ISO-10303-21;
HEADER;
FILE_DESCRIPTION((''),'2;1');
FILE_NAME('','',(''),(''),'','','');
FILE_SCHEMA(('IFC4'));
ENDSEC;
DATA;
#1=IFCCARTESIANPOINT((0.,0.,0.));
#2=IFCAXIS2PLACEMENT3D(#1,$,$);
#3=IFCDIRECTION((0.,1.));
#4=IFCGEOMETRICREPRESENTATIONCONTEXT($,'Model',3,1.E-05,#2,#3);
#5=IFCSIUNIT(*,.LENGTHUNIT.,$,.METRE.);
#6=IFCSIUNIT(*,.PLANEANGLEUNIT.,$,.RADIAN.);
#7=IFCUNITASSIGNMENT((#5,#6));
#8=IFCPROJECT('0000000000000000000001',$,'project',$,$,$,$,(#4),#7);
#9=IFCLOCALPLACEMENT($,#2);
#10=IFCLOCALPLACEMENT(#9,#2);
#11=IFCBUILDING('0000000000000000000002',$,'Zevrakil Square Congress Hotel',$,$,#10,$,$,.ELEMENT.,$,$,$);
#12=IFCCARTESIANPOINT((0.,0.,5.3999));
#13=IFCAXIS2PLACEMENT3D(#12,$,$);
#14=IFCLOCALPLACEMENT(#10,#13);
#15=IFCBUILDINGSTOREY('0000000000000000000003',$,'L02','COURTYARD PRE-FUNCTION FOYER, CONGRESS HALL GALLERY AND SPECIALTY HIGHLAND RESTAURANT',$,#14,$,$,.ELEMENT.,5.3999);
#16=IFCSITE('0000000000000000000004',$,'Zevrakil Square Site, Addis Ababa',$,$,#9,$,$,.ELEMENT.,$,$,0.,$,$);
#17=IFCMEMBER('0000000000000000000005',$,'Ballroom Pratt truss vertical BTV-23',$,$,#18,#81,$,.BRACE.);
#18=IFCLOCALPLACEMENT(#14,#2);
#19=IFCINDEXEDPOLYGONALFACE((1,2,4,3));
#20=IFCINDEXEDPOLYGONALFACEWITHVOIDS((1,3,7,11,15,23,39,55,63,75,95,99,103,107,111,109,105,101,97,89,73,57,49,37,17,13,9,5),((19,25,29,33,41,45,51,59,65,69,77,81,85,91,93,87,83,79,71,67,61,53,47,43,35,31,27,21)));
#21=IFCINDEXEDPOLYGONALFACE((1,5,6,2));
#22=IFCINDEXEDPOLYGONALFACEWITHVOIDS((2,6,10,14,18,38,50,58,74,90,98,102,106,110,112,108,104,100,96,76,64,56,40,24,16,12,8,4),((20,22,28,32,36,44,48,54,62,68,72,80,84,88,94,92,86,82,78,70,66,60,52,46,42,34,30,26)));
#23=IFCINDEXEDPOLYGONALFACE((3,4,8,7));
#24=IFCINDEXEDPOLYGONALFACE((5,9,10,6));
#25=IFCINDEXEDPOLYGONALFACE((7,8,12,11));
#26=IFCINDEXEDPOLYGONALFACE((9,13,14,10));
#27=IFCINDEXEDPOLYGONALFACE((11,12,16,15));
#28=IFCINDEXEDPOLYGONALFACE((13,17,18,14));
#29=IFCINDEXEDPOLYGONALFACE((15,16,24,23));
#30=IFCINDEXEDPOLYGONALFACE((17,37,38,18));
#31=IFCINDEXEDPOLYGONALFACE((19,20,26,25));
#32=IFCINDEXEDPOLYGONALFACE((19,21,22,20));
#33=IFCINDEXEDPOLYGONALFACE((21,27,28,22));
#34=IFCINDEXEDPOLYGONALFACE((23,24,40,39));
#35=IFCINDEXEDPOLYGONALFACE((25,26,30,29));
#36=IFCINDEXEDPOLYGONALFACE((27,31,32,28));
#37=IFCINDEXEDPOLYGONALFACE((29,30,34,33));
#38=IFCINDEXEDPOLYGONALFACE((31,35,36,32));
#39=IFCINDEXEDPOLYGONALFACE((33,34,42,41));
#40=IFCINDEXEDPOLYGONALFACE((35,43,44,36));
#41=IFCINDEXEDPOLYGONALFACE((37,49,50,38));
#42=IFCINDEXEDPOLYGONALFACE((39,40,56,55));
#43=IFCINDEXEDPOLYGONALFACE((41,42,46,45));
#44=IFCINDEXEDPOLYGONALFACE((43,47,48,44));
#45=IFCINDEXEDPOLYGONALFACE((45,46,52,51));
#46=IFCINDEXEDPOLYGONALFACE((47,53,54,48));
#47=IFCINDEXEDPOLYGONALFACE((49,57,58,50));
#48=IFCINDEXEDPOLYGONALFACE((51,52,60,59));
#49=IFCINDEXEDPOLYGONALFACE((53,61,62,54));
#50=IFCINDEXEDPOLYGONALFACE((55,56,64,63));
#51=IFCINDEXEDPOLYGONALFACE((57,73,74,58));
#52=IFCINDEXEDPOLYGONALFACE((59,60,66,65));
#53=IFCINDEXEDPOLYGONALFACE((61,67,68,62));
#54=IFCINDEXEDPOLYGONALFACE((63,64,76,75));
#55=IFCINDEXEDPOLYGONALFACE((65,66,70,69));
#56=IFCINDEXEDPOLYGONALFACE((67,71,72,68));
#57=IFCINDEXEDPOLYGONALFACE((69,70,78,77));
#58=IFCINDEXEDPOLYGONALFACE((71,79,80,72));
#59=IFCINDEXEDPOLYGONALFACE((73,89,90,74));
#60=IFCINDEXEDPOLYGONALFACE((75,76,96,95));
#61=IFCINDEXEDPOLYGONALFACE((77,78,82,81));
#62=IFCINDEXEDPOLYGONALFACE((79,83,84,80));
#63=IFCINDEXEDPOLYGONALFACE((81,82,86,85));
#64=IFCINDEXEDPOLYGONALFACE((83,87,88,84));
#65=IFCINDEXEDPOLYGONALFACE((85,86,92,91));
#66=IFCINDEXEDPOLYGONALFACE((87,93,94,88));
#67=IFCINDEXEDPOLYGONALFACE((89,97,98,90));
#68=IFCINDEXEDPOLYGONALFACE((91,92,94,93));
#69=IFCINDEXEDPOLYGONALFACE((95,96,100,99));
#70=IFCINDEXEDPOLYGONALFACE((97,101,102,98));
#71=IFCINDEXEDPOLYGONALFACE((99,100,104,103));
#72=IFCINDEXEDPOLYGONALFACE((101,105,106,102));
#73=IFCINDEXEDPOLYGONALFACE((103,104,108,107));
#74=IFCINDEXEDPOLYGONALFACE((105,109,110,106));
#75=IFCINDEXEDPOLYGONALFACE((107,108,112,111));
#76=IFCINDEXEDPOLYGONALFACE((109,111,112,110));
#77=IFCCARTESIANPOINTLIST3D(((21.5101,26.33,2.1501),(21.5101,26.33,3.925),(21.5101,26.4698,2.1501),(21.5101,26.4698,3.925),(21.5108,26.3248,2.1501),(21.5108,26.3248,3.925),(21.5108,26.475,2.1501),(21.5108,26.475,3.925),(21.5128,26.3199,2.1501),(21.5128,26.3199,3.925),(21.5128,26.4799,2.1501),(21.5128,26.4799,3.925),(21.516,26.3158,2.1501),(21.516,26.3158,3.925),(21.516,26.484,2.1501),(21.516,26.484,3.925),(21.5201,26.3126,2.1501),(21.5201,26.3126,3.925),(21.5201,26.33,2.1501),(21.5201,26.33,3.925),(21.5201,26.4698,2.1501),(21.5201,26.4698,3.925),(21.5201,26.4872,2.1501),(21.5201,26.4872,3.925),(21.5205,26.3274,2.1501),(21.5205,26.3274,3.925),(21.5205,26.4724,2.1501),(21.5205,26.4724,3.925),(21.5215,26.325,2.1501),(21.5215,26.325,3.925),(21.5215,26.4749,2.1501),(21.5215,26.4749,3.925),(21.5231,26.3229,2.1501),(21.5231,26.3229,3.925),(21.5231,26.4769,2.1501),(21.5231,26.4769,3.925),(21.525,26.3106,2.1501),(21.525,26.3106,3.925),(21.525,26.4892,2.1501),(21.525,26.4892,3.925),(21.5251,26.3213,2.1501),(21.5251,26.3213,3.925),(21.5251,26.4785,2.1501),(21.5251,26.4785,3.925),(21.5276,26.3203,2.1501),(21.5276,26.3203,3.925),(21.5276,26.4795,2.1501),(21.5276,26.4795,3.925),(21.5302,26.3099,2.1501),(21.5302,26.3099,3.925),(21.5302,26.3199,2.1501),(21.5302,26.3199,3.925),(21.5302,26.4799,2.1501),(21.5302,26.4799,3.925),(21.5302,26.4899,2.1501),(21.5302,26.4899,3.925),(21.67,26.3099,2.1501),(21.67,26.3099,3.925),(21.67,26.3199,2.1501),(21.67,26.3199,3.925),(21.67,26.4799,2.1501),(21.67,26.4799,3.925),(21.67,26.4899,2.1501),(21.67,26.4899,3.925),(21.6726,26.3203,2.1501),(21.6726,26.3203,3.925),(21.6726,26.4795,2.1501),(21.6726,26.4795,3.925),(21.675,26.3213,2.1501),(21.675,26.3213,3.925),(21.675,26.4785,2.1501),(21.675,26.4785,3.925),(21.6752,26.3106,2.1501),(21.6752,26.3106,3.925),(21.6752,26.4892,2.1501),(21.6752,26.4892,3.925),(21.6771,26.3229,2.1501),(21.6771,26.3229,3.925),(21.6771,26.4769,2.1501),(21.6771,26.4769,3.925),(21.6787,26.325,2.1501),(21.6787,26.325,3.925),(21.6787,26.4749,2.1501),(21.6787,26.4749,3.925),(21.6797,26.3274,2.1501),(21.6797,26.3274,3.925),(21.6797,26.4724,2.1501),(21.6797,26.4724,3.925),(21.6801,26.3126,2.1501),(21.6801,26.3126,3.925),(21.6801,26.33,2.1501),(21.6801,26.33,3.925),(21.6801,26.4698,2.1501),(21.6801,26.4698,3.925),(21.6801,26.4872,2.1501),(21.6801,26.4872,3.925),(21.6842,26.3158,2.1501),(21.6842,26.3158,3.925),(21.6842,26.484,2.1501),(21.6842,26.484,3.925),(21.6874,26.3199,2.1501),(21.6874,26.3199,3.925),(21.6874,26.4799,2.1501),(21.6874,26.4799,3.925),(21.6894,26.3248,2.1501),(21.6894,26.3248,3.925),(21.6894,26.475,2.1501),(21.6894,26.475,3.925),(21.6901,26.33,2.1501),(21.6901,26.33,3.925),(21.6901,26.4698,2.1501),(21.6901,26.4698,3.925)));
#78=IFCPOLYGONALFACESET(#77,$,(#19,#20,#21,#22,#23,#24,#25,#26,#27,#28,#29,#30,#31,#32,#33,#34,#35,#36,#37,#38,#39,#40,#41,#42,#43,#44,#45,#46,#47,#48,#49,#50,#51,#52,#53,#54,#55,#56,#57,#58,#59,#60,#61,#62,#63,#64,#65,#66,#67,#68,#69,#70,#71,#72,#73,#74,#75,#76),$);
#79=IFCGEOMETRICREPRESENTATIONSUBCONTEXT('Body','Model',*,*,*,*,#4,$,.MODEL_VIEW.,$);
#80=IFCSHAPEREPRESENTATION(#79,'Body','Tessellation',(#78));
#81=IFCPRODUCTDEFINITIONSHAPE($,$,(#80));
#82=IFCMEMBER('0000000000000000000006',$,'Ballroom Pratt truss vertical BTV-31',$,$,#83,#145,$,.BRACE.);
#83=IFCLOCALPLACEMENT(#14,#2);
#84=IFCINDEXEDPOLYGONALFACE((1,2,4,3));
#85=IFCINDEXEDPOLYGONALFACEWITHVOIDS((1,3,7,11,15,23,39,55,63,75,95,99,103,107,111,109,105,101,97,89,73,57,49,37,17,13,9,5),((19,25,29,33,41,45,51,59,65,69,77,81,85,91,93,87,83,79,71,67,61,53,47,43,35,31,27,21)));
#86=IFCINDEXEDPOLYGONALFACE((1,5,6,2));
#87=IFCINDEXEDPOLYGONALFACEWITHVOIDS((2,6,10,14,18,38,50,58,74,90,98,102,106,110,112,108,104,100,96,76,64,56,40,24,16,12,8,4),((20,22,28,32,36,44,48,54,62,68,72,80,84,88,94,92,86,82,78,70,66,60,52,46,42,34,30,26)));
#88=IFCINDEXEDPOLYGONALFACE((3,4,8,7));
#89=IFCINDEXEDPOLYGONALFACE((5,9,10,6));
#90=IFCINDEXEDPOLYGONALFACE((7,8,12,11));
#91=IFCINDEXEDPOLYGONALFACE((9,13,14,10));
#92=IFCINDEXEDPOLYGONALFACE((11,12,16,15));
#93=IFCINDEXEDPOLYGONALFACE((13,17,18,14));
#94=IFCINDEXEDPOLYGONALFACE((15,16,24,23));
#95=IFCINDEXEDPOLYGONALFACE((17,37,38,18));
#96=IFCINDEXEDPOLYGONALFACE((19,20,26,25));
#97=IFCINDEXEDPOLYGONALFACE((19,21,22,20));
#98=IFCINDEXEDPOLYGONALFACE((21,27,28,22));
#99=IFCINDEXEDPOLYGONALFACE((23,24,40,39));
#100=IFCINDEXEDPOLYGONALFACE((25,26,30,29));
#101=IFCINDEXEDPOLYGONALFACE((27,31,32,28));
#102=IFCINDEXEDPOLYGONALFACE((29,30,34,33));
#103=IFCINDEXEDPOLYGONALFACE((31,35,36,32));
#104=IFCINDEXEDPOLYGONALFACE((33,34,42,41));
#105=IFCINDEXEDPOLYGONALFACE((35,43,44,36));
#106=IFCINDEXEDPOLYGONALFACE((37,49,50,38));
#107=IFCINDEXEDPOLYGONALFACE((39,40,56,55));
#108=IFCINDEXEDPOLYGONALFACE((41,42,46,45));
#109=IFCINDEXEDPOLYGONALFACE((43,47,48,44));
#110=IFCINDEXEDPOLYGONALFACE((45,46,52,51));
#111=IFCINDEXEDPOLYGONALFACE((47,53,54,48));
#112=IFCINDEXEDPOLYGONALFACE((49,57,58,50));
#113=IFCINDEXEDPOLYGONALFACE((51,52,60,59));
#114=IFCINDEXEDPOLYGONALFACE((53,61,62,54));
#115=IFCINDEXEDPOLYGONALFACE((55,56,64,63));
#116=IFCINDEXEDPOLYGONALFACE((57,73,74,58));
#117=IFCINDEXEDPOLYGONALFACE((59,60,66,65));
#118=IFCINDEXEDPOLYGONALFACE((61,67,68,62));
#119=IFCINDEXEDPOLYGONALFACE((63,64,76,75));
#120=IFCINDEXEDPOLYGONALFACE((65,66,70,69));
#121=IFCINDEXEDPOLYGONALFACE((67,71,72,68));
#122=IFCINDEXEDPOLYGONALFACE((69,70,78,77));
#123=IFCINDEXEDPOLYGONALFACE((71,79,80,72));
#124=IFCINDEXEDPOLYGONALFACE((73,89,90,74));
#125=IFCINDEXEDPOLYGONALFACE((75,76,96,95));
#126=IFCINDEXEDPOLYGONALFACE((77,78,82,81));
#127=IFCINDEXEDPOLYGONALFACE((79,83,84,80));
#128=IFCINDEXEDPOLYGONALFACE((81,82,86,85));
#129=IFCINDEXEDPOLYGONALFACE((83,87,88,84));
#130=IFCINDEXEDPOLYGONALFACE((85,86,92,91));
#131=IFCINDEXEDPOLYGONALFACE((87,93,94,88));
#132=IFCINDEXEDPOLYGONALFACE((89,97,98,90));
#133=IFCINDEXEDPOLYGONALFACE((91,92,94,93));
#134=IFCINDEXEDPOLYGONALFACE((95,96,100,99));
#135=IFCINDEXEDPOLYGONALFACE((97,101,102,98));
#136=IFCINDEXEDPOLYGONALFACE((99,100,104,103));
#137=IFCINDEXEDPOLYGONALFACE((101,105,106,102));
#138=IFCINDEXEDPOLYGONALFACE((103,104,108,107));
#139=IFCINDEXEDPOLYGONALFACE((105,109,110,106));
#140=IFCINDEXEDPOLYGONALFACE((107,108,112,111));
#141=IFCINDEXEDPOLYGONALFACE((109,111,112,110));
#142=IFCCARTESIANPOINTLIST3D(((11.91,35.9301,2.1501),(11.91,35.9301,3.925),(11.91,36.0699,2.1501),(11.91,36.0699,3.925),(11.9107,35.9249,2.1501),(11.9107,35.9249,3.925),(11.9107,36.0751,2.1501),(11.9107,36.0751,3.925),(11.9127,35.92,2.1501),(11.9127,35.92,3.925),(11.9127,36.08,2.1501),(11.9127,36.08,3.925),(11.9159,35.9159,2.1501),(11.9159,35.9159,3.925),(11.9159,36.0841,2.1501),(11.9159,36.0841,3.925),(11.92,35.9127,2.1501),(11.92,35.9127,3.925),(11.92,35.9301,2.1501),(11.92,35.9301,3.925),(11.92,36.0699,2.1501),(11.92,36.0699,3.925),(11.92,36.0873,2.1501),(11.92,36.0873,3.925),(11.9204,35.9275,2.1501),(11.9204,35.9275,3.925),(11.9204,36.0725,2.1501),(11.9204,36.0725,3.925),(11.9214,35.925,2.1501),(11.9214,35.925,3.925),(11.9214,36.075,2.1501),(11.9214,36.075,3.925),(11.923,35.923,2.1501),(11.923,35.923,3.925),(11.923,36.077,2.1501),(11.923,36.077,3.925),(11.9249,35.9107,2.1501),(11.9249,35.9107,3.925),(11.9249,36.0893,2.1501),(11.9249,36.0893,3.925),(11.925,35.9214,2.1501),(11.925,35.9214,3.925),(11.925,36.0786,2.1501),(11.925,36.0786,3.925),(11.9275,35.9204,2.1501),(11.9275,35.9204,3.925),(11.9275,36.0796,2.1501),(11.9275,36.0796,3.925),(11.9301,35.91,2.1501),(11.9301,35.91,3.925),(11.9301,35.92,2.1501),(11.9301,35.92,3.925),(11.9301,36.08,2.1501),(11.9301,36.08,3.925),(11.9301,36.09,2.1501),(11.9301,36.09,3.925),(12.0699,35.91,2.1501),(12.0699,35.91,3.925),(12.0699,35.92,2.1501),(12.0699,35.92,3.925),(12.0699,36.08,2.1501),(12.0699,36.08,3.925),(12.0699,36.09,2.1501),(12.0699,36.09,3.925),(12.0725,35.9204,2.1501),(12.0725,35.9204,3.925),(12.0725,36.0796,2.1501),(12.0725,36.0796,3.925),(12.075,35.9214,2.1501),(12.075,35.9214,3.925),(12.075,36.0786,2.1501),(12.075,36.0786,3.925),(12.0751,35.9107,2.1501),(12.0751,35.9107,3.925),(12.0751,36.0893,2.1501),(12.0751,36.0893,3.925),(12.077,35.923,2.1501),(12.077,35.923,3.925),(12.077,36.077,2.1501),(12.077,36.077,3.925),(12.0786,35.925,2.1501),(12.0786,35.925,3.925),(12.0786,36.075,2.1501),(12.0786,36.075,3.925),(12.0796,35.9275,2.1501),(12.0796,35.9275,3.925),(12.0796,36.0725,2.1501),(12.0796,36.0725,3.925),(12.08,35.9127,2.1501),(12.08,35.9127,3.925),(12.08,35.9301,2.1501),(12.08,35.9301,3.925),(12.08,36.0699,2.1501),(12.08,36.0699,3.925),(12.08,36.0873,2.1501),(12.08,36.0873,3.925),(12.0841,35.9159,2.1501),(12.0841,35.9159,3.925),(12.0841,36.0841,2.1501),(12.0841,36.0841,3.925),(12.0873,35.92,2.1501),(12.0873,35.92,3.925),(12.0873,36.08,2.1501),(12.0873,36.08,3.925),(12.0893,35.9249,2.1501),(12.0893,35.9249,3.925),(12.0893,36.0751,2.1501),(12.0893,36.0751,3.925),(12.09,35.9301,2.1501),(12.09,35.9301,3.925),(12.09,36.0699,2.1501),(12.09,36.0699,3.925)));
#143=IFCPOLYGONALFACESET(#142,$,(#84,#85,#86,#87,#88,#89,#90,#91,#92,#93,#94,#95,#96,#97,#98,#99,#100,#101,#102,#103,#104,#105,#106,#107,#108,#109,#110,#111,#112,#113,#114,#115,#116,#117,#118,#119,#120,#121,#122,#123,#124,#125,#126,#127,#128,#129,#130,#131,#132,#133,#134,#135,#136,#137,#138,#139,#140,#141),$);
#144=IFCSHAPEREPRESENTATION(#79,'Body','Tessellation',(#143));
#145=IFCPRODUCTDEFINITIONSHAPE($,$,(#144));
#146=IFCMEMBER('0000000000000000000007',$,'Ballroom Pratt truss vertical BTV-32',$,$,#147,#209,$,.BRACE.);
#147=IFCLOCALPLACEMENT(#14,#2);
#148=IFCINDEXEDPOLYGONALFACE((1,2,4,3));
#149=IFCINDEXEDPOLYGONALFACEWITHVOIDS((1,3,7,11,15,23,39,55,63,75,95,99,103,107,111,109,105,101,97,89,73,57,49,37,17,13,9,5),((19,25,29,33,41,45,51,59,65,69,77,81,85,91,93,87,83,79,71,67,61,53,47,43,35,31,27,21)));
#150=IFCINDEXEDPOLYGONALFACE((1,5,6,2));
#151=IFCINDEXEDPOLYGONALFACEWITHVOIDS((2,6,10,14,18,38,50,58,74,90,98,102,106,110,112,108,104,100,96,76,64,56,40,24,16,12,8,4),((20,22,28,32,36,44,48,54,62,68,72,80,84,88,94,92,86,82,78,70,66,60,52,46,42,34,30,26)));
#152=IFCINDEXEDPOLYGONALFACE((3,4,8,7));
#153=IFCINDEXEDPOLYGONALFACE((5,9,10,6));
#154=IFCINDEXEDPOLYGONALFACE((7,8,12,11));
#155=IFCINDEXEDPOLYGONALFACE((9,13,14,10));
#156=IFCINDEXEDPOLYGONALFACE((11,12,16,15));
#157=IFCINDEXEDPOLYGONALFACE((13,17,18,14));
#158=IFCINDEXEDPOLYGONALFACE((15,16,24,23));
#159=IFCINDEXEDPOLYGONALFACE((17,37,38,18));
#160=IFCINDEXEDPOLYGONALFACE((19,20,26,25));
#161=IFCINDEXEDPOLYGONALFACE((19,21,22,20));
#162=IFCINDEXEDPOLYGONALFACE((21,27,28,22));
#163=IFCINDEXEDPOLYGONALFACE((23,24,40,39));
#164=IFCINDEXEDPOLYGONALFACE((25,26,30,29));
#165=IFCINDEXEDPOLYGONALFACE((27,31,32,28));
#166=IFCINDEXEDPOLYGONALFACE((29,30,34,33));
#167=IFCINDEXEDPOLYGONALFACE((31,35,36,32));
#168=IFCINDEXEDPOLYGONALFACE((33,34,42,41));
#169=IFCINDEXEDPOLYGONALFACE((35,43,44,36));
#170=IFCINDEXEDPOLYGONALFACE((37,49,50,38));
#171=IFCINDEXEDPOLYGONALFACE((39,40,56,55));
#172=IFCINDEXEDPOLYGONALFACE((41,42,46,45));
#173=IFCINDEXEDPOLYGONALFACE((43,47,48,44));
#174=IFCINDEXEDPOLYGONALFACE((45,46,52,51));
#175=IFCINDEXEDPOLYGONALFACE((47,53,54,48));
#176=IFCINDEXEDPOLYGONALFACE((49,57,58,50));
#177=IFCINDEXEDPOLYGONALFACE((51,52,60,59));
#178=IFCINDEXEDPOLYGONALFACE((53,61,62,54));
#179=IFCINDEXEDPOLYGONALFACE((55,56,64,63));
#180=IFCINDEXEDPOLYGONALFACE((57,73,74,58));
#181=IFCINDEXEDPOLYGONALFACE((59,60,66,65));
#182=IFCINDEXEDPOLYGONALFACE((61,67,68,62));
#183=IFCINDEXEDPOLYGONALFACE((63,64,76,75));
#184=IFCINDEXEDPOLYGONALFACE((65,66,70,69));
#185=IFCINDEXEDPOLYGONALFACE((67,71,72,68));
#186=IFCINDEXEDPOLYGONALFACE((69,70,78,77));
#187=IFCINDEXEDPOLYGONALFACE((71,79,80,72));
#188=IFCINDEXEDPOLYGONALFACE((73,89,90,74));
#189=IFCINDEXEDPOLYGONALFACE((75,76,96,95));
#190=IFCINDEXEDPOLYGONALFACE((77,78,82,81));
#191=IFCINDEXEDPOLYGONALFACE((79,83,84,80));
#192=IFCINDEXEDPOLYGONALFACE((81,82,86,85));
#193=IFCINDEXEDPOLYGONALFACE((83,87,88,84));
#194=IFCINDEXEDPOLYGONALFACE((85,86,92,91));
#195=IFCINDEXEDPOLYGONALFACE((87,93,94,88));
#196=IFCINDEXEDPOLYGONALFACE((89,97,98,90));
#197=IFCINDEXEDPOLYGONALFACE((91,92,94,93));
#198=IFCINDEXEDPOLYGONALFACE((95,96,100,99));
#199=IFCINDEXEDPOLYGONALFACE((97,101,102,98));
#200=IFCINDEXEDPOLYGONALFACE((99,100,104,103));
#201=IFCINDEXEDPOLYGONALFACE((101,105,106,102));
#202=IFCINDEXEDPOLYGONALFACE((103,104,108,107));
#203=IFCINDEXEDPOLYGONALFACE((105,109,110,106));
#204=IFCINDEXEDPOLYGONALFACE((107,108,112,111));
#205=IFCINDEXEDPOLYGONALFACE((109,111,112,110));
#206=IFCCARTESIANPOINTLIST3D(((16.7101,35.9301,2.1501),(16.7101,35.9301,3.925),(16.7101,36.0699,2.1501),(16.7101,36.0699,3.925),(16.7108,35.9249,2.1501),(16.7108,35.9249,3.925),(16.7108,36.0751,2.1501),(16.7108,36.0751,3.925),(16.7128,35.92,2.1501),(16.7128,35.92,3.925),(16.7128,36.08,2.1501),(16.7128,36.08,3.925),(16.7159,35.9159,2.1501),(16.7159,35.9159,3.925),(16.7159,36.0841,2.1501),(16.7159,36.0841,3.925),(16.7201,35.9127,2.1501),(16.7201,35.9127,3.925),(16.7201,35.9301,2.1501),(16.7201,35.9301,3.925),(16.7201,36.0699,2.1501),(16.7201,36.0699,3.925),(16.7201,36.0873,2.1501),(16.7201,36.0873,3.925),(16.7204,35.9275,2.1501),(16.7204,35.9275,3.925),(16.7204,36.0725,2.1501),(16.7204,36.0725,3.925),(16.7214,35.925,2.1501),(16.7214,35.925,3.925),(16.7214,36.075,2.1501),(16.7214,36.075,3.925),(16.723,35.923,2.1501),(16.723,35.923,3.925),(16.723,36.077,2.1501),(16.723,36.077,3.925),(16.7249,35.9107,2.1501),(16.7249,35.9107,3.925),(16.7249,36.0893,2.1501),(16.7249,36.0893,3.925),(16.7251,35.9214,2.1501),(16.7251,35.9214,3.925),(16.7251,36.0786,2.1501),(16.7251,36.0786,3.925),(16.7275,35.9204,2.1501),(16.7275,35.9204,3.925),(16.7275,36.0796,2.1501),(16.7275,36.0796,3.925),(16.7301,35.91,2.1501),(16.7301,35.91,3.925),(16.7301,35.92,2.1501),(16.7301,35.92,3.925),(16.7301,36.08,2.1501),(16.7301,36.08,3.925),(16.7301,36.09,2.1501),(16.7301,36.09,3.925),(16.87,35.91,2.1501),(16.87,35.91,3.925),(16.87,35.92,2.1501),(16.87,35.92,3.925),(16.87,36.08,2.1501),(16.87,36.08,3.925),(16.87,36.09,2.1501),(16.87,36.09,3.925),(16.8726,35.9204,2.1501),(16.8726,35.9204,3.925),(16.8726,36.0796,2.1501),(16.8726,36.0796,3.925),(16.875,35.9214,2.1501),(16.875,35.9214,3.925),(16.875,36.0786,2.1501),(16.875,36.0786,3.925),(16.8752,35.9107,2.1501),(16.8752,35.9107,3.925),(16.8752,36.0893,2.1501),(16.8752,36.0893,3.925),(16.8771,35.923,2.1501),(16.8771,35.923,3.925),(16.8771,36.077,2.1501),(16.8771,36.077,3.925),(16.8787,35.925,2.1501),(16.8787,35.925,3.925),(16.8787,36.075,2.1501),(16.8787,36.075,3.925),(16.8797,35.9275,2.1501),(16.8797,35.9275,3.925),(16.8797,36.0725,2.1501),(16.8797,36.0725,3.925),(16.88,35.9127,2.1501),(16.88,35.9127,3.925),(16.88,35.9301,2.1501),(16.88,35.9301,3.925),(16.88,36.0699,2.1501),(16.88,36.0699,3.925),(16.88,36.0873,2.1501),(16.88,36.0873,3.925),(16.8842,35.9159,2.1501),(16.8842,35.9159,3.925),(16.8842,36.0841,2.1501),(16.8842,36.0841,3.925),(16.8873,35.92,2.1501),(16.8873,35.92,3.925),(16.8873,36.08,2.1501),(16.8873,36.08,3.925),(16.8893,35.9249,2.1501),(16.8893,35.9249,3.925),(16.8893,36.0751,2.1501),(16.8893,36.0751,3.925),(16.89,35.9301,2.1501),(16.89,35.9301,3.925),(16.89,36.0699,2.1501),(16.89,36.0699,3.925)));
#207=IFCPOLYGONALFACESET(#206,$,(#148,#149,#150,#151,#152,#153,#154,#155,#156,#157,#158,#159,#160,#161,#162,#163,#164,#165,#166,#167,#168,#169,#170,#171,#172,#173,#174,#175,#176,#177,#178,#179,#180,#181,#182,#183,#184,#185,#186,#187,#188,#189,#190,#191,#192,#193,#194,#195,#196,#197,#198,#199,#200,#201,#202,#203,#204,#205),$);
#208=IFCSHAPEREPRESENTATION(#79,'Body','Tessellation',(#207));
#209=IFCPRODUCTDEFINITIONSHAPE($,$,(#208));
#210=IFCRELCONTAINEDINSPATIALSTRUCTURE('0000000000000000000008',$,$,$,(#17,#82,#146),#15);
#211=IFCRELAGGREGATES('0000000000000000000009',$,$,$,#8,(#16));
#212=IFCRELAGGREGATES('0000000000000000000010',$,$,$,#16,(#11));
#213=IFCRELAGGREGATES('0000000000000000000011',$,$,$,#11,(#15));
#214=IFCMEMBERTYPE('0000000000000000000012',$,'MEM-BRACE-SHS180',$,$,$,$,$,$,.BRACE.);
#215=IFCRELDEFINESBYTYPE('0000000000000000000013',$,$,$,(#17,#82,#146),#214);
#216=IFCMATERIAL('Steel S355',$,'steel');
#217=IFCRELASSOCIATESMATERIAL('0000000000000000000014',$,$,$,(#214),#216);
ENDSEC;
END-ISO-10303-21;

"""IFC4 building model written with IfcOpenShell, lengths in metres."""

from ifc_helpers import new_model, si_unit, direction, frame, origin, origin_2d, place, context, subcontext, project, spatial, hollow_rectangle, extrude, material, material_profile, profile_set, type_object, element, save


model = new_model("IFC4")

# Units and contexts
model_context = context("Model", 3, precision=1e-05, world=origin(), true_north=direction((0.0, 1.0)))
body_context = subcontext(model_context, "Body", "Model", "MODEL_VIEW")
ifc_project = project(units=[si_unit("LENGTHUNIT", "METRE"), si_unit("PLANEANGLEUNIT", "RADIAN")], contexts=[model_context])

# Site, building, storey
site_placement = place(None, origin())
site = spatial("IfcSite", under=ifc_project, at=site_placement, Name="Zevrakil Square Site, Addis Ababa", CompositionType="ELEMENT", RefElevation=0.0)
building_placement = place(site_placement, origin())
building = spatial("IfcBuilding", under=site, at=building_placement, Name="Zevrakil Square Congress Hotel", CompositionType="ELEMENT")
storey_placement = place(building_placement, frame((0.0, 0.0, 5.3999)))
storey = spatial("IfcBuildingStorey", under=building, at=storey_placement, Name="L02", Description="COURTYARD PRE-FUNCTION FOYER, CONGRESS HALL GALLERY AND SPECIALTY HIGHLAND RESTAURANT", CompositionType="ELEMENT", Elevation=5.3999)

# Members
ifc_material_1 = material(Name="Steel S355", Category="steel")
ifc_material_profile_1 = material_profile(ifc_material_1, hollow_rectangle(XDim=0.1799, YDim=0.1799, WallThickness=0.01, InnerFilletRadius=0.01, OuterFilletRadius=0.02, at=origin_2d()), Name="SHS 180x180x10")
ifc_profile_set_1 = profile_set([ifc_material_profile_1], Name="Steel S355")
member_type_1 = type_object("IfcMemberType", Name="MEM-BRACE-SHS180", PredefinedType="BRACE", material=ifc_profile_set_1)
for number, where, z_axis, x_axis, name in (
    (1, (21.6001, 26.3999, 2.1501), (0.0, 0.0, 1.0), (1.0, 0.0, 0.0), "Ballroom Pratt truss vertical BTV-23"),
    (2, (12.0, 36.0, 2.1501), (0.0, 0.0, 1.0), (1.0, 0.0, 0.0), "Ballroom Pratt truss vertical BTV-31"),
    (3, (16.8, 36.0, 2.1501), (0.0, 0.0, 1.0), (1.0, 0.0, 0.0), "Ballroom Pratt truss vertical BTV-32"),
):
    element("IfcMember", number, at=place(storey_placement, frame(where, z_axis=z_axis, x_axis=x_axis)), inside=storey, type_object=member_type_1, Name=name, PredefinedType="BRACE", context=body_context, shape_type="SweptSolid", body=[
        extrude(hollow_rectangle(XDim=0.1799, YDim=0.1799, WallThickness=0.01, InnerFilletRadius=0.01, OuterFilletRadius=0.02, at=origin_2d()), origin(), (0.0, 0.0, 1.0), 1.7749),
    ])

save(model, "model.ifc")
